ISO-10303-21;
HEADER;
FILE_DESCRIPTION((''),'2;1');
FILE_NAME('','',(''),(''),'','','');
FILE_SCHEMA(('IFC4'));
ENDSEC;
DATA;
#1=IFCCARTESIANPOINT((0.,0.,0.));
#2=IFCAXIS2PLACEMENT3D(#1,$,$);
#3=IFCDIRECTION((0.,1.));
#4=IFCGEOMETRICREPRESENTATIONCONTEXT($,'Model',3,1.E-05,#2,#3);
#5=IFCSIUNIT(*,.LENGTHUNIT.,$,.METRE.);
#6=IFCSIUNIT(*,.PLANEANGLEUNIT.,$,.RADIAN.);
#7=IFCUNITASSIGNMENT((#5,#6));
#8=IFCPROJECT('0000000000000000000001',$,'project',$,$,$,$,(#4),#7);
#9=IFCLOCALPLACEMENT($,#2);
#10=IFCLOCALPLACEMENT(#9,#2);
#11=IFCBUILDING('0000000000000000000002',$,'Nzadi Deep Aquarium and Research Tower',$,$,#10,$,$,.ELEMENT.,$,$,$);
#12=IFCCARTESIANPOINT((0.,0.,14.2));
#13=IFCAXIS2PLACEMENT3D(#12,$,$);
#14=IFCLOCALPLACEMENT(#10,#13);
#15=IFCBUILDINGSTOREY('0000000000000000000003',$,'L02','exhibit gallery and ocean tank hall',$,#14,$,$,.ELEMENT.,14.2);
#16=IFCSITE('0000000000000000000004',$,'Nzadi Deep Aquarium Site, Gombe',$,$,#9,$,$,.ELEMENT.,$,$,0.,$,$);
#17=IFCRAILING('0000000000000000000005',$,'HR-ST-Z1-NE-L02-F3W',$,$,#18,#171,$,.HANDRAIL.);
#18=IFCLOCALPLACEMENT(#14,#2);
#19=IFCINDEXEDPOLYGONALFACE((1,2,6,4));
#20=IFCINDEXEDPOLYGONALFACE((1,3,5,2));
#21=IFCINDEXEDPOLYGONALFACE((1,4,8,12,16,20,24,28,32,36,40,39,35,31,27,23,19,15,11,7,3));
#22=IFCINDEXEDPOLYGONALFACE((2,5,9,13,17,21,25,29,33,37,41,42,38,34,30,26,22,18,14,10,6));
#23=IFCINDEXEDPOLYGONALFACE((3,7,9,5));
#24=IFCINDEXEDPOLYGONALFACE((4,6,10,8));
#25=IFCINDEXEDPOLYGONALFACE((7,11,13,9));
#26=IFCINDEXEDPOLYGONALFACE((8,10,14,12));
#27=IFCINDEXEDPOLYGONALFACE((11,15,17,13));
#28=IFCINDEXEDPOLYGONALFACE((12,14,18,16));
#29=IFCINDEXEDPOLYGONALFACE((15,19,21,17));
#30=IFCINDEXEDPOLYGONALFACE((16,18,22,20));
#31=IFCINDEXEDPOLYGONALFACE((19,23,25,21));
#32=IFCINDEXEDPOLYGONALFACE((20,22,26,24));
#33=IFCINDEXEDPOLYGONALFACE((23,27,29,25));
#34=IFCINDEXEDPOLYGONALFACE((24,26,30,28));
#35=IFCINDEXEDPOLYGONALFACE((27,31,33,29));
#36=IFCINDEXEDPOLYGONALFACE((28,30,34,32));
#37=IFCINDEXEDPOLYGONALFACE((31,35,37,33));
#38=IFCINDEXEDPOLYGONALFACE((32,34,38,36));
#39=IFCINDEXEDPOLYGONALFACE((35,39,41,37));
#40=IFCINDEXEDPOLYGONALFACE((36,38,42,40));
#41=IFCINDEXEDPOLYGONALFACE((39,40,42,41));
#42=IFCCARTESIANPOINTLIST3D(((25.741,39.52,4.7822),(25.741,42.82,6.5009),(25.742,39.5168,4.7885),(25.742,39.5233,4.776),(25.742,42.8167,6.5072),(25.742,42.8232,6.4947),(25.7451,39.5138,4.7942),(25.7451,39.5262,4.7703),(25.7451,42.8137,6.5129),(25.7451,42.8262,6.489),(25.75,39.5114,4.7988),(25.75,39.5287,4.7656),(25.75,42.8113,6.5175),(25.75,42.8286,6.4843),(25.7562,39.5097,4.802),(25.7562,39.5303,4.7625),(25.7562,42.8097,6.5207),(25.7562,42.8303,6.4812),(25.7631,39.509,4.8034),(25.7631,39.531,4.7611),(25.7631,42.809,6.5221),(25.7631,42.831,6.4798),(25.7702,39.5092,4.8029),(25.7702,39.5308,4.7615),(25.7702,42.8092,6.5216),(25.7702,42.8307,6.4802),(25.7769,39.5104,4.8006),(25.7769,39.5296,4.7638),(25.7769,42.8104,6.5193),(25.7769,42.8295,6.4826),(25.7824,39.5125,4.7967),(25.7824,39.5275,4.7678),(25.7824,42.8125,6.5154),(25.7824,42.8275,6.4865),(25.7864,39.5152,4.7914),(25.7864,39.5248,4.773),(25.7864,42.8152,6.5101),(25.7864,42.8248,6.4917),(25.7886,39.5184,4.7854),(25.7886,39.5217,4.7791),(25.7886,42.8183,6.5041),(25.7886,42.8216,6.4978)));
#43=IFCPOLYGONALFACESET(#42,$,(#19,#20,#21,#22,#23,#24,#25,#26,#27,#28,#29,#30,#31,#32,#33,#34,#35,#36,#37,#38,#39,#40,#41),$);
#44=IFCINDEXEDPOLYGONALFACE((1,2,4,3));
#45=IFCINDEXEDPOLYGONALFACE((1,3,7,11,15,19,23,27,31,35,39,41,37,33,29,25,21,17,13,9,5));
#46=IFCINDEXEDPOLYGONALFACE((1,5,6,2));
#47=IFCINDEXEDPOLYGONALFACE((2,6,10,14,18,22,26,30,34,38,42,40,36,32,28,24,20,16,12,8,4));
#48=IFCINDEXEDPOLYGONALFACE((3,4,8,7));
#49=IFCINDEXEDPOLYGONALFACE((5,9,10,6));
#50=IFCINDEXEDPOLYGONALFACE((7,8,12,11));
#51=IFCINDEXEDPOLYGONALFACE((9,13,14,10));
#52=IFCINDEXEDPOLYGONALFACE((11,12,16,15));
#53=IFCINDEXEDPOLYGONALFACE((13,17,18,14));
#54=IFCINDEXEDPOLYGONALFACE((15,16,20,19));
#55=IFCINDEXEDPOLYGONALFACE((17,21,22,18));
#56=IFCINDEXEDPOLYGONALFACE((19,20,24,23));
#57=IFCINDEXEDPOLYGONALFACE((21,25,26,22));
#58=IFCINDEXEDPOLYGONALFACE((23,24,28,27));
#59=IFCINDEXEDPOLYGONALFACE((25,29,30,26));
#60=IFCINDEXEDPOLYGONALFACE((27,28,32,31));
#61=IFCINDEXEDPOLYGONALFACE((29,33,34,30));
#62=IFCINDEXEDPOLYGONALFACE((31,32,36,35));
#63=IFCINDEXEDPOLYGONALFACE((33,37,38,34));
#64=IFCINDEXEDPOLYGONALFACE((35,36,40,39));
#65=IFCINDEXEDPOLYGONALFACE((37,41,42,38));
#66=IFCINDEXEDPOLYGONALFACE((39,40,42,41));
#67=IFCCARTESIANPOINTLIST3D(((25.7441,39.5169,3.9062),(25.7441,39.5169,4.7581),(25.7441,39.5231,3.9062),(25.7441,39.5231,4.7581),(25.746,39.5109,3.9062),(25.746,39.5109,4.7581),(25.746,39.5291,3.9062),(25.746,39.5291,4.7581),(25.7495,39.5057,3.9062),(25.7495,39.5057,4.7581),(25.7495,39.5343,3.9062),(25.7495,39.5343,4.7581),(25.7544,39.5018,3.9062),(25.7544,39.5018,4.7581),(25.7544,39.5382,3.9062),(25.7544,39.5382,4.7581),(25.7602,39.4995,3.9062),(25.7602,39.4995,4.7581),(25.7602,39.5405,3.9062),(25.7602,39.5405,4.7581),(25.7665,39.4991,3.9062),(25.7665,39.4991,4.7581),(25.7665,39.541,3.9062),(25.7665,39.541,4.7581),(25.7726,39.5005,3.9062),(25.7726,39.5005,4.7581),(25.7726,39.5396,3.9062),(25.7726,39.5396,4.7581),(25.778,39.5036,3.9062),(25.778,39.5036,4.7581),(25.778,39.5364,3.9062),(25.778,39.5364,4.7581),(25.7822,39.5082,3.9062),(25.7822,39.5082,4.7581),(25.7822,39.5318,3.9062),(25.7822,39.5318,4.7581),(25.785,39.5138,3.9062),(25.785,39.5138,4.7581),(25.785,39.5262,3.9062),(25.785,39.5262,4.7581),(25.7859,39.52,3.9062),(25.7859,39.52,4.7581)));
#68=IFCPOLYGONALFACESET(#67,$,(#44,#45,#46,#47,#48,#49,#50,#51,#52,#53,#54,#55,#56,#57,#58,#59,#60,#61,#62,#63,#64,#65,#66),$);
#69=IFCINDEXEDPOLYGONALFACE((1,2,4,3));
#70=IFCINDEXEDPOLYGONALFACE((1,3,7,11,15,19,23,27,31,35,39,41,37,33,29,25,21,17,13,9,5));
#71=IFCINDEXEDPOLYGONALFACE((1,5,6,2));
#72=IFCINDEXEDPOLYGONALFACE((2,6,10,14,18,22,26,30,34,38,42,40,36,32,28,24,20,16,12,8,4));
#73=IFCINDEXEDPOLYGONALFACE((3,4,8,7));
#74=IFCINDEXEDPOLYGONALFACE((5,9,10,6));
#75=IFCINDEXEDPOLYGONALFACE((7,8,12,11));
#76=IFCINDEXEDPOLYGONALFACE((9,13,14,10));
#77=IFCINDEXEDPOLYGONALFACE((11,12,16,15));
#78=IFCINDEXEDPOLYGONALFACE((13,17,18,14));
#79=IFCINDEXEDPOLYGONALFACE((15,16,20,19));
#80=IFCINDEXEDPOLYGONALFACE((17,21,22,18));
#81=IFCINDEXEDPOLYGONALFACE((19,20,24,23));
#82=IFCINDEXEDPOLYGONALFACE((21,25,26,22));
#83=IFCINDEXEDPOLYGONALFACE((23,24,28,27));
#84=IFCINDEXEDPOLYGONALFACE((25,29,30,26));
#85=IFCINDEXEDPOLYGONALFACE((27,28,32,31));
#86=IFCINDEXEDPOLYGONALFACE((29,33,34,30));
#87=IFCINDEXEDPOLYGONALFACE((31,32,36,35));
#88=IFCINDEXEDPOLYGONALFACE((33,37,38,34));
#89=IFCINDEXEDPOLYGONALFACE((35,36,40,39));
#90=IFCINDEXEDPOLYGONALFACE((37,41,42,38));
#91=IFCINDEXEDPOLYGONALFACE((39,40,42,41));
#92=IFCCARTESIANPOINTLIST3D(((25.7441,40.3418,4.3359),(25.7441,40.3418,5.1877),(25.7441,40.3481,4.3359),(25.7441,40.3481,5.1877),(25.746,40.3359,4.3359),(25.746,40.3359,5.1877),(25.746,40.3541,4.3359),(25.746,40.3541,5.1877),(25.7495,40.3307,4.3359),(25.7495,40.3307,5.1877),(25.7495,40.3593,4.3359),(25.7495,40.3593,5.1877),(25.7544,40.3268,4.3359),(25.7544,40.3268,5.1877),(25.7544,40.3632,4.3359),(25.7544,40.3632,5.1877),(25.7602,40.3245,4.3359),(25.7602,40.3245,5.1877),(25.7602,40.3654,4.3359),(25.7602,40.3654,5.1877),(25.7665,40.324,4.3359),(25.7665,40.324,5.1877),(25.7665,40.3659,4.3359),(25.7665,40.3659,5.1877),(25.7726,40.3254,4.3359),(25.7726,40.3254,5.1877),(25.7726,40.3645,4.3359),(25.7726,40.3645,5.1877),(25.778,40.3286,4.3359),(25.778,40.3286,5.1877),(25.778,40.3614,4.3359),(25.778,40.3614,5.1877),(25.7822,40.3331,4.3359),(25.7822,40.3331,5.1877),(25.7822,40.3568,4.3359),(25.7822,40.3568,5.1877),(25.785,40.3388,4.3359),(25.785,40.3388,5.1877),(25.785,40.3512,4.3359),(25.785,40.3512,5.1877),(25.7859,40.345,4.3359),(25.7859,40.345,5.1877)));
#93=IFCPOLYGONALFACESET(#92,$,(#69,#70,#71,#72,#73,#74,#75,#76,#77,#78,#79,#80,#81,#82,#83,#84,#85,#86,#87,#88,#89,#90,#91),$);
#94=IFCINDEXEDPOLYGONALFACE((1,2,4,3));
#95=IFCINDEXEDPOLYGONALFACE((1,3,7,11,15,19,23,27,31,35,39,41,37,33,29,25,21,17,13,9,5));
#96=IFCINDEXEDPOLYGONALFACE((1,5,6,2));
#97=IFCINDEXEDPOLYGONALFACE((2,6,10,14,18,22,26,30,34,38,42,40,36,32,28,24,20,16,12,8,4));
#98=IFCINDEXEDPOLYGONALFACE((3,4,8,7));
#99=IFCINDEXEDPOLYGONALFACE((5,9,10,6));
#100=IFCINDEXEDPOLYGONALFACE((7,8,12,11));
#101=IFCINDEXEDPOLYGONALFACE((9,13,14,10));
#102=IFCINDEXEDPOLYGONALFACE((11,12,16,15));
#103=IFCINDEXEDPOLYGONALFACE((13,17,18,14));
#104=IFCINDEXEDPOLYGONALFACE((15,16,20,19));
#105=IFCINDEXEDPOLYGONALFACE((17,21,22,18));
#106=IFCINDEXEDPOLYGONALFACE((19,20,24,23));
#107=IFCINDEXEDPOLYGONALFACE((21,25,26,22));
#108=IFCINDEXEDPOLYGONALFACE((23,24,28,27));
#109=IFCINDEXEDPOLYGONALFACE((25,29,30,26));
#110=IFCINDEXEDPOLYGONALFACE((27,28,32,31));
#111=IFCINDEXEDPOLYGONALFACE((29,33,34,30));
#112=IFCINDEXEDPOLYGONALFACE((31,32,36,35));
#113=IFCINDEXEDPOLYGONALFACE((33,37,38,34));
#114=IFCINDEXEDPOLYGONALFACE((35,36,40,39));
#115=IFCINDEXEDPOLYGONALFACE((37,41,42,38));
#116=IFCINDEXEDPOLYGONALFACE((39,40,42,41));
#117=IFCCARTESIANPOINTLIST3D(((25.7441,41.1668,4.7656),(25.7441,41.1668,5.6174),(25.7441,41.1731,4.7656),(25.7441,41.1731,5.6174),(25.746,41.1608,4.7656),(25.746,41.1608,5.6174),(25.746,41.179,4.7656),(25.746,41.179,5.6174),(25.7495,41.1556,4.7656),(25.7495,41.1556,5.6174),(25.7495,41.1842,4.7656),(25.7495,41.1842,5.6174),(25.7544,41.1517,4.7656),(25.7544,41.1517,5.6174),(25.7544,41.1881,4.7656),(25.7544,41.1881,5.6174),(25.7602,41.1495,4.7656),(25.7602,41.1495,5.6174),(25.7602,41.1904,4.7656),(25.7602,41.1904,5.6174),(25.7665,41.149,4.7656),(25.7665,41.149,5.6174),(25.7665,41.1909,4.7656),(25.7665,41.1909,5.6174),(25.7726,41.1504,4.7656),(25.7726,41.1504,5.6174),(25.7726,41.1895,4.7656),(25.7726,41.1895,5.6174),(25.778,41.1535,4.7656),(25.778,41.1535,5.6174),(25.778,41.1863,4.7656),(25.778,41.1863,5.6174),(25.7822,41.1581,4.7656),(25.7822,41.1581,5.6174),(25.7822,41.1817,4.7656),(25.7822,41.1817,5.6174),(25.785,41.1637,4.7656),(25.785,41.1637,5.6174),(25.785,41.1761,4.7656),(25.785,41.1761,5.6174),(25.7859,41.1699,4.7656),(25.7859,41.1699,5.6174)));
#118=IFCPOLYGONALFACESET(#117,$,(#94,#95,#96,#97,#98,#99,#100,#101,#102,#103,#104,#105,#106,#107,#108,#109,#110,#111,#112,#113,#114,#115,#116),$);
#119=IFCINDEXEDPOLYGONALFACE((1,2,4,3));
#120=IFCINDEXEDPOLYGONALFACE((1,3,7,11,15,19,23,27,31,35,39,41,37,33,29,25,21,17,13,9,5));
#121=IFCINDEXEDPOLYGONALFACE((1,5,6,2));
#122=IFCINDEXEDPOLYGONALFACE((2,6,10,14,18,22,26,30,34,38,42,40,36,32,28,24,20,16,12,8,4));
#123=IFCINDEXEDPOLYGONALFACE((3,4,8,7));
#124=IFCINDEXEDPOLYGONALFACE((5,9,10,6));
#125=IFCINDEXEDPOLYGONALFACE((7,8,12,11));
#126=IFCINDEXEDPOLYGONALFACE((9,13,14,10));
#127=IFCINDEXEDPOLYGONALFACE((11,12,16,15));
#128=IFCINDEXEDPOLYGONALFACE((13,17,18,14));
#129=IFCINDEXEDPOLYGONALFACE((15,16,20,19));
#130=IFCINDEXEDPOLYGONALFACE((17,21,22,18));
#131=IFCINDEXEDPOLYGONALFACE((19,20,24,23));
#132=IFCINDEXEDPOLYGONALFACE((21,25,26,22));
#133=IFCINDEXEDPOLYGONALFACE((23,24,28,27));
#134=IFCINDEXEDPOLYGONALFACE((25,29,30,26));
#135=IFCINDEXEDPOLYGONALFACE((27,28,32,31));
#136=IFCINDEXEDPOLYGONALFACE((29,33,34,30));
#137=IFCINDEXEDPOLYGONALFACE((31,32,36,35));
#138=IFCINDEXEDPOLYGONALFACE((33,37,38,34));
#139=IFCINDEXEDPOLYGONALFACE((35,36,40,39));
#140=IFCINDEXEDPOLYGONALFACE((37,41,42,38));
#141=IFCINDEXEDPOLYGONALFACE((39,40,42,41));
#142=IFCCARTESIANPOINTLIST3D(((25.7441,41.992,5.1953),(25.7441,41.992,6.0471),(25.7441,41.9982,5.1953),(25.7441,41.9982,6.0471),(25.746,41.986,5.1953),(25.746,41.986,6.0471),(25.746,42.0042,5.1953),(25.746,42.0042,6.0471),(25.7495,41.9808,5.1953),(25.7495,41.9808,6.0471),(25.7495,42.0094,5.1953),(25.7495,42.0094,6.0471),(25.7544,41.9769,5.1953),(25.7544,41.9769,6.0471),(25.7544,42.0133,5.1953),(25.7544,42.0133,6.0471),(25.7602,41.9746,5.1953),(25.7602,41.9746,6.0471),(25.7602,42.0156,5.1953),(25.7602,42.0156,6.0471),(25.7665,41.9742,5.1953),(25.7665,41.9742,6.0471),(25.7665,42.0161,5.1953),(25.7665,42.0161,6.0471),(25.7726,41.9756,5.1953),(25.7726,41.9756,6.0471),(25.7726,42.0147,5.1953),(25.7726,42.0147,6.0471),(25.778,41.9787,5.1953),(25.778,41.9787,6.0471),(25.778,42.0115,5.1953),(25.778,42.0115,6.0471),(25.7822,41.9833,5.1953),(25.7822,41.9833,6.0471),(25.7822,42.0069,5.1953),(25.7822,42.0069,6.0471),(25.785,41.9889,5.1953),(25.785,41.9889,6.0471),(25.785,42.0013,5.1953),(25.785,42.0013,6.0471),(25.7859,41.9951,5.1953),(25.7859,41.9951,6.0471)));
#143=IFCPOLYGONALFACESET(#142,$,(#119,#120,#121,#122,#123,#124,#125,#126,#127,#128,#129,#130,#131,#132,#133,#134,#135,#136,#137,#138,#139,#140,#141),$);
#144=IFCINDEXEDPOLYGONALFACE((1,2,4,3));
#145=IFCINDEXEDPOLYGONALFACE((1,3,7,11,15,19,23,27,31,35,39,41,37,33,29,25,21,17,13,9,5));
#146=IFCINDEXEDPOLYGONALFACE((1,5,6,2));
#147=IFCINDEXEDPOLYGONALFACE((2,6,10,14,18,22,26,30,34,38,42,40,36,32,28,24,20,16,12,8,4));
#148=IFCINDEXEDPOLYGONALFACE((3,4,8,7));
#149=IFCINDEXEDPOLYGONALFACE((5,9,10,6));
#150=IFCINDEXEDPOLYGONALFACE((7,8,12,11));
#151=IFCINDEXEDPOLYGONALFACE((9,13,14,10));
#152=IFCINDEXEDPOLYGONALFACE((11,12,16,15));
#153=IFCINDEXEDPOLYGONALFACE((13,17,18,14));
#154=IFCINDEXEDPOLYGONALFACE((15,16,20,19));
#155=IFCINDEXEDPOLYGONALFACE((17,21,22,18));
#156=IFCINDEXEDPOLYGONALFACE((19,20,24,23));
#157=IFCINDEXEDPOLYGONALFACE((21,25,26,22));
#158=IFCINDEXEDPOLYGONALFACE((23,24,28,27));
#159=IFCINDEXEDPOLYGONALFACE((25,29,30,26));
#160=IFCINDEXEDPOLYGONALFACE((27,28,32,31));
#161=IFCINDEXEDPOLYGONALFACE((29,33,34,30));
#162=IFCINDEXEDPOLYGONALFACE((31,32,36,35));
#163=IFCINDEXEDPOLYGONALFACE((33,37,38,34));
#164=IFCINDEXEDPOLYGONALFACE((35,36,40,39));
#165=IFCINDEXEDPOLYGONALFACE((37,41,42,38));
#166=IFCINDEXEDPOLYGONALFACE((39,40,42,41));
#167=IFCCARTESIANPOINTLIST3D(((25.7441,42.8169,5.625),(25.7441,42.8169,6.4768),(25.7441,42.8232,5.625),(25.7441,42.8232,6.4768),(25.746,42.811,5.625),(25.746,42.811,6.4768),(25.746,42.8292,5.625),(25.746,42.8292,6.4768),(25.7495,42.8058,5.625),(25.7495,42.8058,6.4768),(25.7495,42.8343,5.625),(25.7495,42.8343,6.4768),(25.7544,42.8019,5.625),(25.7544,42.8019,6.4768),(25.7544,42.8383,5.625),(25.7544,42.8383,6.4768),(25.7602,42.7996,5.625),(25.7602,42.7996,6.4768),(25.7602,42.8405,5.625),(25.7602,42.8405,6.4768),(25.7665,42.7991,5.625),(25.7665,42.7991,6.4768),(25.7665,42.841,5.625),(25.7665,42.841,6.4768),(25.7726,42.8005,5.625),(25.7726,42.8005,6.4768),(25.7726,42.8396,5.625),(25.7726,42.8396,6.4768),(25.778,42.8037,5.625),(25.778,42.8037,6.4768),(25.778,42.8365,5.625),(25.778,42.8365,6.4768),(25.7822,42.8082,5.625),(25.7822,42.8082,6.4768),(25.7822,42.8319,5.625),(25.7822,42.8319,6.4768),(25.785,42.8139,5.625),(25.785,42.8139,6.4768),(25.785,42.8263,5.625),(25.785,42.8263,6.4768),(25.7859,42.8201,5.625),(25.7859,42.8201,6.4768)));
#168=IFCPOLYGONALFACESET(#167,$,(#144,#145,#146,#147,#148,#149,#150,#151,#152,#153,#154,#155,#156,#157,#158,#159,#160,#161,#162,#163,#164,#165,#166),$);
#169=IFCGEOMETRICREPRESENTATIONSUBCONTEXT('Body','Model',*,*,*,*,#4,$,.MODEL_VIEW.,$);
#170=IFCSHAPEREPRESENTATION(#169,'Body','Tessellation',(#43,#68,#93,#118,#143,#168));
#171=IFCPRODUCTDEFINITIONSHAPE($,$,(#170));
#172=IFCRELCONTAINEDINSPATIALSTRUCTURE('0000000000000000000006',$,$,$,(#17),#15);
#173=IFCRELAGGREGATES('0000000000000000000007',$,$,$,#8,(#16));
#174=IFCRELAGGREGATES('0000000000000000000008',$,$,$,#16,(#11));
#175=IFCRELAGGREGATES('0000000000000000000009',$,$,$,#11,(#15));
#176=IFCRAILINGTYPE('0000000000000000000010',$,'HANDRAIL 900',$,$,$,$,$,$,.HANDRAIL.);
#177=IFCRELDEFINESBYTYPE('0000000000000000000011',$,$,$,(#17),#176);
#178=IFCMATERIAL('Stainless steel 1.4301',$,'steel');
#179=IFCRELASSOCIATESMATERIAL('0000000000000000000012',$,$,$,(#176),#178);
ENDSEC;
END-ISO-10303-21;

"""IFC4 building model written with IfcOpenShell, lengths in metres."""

from ifc_helpers import new_model, si_unit, direction, frame, origin, origin_2d, place, context, subcontext, project, spatial, circle, extrude, material, type_object, element, save


model = new_model("IFC4")

# Units and contexts
model_context = context("Model", 3, precision=1e-05, world=origin(), true_north=direction((0.0, 1.0)))
body_context = subcontext(model_context, "Body", "Model", "MODEL_VIEW")
ifc_project = project(units=[si_unit("LENGTHUNIT", "METRE"), si_unit("PLANEANGLEUNIT", "RADIAN")], contexts=[model_context])

# Site, building, storey
site_placement = place(None, origin())
site = spatial("IfcSite", under=ifc_project, at=site_placement, Name="Nzadi Deep Aquarium Site, Gombe", CompositionType="ELEMENT", RefElevation=0.0)
building_placement = place(site_placement, origin())
building = spatial("IfcBuilding", under=site, at=building_placement, Name="Nzadi Deep Aquarium and Research Tower", CompositionType="ELEMENT")
storey_placement = place(building_placement, frame((0.0, 0.0, 14.2)))
storey = spatial("IfcBuildingStorey", under=building, at=storey_placement, Name="L02", Description="exhibit gallery and ocean tank hall", CompositionType="ELEMENT", Elevation=14.2)

# Railing
ifc_material_1 = material(Name="Stainless steel 1.4301", Category="steel")
railing_type = type_object("IfcRailingType", Name="HANDRAIL 900", PredefinedType="HANDRAIL", material=ifc_material_1)
railing_1_placement = place(storey_placement, frame((25.7649, 39.52, 3.9062)))
element("IfcRailing", 1, at=railing_1_placement, inside=storey, type_object=railing_type, Name="HR-ST-Z1-NE-L02-F3W", PredefinedType="HANDRAIL", context=body_context, shape_type="SweptSolid", body=[
    extrude(circle(Radius=0.0239, at=origin_2d()), frame((0.0, 0.0, 0.876), z_axis=(0.0, 0.886917, 0.461929), x_axis=(-1.0, 0.0, 0.0)), (0.0, 0.0, 1.0), 3.7207),
    extrude(circle(Radius=0.021, at=origin_2d()), origin(), (0.0, 0.0, 1.0), 0.8518),
    extrude(circle(Radius=0.021, at=origin_2d()), frame((0.0, 0.825, 0.4297)), (0.0, 0.0, 1.0), 0.8518),
    extrude(circle(Radius=0.021, at=origin_2d()), frame((0.0, 1.6499, 0.8594)), (0.0, 0.0, 1.0), 0.8518),
    extrude(circle(Radius=0.021, at=origin_2d()), frame((0.0, 2.4751, 1.2891)), (0.0, 0.0, 1.0), 0.8518),
    extrude(circle(Radius=0.021, at=origin_2d()), frame((0.0, 3.3, 1.7188)), (0.0, 0.0, 1.0), 0.8518),
])

save(model, "model.ifc")
